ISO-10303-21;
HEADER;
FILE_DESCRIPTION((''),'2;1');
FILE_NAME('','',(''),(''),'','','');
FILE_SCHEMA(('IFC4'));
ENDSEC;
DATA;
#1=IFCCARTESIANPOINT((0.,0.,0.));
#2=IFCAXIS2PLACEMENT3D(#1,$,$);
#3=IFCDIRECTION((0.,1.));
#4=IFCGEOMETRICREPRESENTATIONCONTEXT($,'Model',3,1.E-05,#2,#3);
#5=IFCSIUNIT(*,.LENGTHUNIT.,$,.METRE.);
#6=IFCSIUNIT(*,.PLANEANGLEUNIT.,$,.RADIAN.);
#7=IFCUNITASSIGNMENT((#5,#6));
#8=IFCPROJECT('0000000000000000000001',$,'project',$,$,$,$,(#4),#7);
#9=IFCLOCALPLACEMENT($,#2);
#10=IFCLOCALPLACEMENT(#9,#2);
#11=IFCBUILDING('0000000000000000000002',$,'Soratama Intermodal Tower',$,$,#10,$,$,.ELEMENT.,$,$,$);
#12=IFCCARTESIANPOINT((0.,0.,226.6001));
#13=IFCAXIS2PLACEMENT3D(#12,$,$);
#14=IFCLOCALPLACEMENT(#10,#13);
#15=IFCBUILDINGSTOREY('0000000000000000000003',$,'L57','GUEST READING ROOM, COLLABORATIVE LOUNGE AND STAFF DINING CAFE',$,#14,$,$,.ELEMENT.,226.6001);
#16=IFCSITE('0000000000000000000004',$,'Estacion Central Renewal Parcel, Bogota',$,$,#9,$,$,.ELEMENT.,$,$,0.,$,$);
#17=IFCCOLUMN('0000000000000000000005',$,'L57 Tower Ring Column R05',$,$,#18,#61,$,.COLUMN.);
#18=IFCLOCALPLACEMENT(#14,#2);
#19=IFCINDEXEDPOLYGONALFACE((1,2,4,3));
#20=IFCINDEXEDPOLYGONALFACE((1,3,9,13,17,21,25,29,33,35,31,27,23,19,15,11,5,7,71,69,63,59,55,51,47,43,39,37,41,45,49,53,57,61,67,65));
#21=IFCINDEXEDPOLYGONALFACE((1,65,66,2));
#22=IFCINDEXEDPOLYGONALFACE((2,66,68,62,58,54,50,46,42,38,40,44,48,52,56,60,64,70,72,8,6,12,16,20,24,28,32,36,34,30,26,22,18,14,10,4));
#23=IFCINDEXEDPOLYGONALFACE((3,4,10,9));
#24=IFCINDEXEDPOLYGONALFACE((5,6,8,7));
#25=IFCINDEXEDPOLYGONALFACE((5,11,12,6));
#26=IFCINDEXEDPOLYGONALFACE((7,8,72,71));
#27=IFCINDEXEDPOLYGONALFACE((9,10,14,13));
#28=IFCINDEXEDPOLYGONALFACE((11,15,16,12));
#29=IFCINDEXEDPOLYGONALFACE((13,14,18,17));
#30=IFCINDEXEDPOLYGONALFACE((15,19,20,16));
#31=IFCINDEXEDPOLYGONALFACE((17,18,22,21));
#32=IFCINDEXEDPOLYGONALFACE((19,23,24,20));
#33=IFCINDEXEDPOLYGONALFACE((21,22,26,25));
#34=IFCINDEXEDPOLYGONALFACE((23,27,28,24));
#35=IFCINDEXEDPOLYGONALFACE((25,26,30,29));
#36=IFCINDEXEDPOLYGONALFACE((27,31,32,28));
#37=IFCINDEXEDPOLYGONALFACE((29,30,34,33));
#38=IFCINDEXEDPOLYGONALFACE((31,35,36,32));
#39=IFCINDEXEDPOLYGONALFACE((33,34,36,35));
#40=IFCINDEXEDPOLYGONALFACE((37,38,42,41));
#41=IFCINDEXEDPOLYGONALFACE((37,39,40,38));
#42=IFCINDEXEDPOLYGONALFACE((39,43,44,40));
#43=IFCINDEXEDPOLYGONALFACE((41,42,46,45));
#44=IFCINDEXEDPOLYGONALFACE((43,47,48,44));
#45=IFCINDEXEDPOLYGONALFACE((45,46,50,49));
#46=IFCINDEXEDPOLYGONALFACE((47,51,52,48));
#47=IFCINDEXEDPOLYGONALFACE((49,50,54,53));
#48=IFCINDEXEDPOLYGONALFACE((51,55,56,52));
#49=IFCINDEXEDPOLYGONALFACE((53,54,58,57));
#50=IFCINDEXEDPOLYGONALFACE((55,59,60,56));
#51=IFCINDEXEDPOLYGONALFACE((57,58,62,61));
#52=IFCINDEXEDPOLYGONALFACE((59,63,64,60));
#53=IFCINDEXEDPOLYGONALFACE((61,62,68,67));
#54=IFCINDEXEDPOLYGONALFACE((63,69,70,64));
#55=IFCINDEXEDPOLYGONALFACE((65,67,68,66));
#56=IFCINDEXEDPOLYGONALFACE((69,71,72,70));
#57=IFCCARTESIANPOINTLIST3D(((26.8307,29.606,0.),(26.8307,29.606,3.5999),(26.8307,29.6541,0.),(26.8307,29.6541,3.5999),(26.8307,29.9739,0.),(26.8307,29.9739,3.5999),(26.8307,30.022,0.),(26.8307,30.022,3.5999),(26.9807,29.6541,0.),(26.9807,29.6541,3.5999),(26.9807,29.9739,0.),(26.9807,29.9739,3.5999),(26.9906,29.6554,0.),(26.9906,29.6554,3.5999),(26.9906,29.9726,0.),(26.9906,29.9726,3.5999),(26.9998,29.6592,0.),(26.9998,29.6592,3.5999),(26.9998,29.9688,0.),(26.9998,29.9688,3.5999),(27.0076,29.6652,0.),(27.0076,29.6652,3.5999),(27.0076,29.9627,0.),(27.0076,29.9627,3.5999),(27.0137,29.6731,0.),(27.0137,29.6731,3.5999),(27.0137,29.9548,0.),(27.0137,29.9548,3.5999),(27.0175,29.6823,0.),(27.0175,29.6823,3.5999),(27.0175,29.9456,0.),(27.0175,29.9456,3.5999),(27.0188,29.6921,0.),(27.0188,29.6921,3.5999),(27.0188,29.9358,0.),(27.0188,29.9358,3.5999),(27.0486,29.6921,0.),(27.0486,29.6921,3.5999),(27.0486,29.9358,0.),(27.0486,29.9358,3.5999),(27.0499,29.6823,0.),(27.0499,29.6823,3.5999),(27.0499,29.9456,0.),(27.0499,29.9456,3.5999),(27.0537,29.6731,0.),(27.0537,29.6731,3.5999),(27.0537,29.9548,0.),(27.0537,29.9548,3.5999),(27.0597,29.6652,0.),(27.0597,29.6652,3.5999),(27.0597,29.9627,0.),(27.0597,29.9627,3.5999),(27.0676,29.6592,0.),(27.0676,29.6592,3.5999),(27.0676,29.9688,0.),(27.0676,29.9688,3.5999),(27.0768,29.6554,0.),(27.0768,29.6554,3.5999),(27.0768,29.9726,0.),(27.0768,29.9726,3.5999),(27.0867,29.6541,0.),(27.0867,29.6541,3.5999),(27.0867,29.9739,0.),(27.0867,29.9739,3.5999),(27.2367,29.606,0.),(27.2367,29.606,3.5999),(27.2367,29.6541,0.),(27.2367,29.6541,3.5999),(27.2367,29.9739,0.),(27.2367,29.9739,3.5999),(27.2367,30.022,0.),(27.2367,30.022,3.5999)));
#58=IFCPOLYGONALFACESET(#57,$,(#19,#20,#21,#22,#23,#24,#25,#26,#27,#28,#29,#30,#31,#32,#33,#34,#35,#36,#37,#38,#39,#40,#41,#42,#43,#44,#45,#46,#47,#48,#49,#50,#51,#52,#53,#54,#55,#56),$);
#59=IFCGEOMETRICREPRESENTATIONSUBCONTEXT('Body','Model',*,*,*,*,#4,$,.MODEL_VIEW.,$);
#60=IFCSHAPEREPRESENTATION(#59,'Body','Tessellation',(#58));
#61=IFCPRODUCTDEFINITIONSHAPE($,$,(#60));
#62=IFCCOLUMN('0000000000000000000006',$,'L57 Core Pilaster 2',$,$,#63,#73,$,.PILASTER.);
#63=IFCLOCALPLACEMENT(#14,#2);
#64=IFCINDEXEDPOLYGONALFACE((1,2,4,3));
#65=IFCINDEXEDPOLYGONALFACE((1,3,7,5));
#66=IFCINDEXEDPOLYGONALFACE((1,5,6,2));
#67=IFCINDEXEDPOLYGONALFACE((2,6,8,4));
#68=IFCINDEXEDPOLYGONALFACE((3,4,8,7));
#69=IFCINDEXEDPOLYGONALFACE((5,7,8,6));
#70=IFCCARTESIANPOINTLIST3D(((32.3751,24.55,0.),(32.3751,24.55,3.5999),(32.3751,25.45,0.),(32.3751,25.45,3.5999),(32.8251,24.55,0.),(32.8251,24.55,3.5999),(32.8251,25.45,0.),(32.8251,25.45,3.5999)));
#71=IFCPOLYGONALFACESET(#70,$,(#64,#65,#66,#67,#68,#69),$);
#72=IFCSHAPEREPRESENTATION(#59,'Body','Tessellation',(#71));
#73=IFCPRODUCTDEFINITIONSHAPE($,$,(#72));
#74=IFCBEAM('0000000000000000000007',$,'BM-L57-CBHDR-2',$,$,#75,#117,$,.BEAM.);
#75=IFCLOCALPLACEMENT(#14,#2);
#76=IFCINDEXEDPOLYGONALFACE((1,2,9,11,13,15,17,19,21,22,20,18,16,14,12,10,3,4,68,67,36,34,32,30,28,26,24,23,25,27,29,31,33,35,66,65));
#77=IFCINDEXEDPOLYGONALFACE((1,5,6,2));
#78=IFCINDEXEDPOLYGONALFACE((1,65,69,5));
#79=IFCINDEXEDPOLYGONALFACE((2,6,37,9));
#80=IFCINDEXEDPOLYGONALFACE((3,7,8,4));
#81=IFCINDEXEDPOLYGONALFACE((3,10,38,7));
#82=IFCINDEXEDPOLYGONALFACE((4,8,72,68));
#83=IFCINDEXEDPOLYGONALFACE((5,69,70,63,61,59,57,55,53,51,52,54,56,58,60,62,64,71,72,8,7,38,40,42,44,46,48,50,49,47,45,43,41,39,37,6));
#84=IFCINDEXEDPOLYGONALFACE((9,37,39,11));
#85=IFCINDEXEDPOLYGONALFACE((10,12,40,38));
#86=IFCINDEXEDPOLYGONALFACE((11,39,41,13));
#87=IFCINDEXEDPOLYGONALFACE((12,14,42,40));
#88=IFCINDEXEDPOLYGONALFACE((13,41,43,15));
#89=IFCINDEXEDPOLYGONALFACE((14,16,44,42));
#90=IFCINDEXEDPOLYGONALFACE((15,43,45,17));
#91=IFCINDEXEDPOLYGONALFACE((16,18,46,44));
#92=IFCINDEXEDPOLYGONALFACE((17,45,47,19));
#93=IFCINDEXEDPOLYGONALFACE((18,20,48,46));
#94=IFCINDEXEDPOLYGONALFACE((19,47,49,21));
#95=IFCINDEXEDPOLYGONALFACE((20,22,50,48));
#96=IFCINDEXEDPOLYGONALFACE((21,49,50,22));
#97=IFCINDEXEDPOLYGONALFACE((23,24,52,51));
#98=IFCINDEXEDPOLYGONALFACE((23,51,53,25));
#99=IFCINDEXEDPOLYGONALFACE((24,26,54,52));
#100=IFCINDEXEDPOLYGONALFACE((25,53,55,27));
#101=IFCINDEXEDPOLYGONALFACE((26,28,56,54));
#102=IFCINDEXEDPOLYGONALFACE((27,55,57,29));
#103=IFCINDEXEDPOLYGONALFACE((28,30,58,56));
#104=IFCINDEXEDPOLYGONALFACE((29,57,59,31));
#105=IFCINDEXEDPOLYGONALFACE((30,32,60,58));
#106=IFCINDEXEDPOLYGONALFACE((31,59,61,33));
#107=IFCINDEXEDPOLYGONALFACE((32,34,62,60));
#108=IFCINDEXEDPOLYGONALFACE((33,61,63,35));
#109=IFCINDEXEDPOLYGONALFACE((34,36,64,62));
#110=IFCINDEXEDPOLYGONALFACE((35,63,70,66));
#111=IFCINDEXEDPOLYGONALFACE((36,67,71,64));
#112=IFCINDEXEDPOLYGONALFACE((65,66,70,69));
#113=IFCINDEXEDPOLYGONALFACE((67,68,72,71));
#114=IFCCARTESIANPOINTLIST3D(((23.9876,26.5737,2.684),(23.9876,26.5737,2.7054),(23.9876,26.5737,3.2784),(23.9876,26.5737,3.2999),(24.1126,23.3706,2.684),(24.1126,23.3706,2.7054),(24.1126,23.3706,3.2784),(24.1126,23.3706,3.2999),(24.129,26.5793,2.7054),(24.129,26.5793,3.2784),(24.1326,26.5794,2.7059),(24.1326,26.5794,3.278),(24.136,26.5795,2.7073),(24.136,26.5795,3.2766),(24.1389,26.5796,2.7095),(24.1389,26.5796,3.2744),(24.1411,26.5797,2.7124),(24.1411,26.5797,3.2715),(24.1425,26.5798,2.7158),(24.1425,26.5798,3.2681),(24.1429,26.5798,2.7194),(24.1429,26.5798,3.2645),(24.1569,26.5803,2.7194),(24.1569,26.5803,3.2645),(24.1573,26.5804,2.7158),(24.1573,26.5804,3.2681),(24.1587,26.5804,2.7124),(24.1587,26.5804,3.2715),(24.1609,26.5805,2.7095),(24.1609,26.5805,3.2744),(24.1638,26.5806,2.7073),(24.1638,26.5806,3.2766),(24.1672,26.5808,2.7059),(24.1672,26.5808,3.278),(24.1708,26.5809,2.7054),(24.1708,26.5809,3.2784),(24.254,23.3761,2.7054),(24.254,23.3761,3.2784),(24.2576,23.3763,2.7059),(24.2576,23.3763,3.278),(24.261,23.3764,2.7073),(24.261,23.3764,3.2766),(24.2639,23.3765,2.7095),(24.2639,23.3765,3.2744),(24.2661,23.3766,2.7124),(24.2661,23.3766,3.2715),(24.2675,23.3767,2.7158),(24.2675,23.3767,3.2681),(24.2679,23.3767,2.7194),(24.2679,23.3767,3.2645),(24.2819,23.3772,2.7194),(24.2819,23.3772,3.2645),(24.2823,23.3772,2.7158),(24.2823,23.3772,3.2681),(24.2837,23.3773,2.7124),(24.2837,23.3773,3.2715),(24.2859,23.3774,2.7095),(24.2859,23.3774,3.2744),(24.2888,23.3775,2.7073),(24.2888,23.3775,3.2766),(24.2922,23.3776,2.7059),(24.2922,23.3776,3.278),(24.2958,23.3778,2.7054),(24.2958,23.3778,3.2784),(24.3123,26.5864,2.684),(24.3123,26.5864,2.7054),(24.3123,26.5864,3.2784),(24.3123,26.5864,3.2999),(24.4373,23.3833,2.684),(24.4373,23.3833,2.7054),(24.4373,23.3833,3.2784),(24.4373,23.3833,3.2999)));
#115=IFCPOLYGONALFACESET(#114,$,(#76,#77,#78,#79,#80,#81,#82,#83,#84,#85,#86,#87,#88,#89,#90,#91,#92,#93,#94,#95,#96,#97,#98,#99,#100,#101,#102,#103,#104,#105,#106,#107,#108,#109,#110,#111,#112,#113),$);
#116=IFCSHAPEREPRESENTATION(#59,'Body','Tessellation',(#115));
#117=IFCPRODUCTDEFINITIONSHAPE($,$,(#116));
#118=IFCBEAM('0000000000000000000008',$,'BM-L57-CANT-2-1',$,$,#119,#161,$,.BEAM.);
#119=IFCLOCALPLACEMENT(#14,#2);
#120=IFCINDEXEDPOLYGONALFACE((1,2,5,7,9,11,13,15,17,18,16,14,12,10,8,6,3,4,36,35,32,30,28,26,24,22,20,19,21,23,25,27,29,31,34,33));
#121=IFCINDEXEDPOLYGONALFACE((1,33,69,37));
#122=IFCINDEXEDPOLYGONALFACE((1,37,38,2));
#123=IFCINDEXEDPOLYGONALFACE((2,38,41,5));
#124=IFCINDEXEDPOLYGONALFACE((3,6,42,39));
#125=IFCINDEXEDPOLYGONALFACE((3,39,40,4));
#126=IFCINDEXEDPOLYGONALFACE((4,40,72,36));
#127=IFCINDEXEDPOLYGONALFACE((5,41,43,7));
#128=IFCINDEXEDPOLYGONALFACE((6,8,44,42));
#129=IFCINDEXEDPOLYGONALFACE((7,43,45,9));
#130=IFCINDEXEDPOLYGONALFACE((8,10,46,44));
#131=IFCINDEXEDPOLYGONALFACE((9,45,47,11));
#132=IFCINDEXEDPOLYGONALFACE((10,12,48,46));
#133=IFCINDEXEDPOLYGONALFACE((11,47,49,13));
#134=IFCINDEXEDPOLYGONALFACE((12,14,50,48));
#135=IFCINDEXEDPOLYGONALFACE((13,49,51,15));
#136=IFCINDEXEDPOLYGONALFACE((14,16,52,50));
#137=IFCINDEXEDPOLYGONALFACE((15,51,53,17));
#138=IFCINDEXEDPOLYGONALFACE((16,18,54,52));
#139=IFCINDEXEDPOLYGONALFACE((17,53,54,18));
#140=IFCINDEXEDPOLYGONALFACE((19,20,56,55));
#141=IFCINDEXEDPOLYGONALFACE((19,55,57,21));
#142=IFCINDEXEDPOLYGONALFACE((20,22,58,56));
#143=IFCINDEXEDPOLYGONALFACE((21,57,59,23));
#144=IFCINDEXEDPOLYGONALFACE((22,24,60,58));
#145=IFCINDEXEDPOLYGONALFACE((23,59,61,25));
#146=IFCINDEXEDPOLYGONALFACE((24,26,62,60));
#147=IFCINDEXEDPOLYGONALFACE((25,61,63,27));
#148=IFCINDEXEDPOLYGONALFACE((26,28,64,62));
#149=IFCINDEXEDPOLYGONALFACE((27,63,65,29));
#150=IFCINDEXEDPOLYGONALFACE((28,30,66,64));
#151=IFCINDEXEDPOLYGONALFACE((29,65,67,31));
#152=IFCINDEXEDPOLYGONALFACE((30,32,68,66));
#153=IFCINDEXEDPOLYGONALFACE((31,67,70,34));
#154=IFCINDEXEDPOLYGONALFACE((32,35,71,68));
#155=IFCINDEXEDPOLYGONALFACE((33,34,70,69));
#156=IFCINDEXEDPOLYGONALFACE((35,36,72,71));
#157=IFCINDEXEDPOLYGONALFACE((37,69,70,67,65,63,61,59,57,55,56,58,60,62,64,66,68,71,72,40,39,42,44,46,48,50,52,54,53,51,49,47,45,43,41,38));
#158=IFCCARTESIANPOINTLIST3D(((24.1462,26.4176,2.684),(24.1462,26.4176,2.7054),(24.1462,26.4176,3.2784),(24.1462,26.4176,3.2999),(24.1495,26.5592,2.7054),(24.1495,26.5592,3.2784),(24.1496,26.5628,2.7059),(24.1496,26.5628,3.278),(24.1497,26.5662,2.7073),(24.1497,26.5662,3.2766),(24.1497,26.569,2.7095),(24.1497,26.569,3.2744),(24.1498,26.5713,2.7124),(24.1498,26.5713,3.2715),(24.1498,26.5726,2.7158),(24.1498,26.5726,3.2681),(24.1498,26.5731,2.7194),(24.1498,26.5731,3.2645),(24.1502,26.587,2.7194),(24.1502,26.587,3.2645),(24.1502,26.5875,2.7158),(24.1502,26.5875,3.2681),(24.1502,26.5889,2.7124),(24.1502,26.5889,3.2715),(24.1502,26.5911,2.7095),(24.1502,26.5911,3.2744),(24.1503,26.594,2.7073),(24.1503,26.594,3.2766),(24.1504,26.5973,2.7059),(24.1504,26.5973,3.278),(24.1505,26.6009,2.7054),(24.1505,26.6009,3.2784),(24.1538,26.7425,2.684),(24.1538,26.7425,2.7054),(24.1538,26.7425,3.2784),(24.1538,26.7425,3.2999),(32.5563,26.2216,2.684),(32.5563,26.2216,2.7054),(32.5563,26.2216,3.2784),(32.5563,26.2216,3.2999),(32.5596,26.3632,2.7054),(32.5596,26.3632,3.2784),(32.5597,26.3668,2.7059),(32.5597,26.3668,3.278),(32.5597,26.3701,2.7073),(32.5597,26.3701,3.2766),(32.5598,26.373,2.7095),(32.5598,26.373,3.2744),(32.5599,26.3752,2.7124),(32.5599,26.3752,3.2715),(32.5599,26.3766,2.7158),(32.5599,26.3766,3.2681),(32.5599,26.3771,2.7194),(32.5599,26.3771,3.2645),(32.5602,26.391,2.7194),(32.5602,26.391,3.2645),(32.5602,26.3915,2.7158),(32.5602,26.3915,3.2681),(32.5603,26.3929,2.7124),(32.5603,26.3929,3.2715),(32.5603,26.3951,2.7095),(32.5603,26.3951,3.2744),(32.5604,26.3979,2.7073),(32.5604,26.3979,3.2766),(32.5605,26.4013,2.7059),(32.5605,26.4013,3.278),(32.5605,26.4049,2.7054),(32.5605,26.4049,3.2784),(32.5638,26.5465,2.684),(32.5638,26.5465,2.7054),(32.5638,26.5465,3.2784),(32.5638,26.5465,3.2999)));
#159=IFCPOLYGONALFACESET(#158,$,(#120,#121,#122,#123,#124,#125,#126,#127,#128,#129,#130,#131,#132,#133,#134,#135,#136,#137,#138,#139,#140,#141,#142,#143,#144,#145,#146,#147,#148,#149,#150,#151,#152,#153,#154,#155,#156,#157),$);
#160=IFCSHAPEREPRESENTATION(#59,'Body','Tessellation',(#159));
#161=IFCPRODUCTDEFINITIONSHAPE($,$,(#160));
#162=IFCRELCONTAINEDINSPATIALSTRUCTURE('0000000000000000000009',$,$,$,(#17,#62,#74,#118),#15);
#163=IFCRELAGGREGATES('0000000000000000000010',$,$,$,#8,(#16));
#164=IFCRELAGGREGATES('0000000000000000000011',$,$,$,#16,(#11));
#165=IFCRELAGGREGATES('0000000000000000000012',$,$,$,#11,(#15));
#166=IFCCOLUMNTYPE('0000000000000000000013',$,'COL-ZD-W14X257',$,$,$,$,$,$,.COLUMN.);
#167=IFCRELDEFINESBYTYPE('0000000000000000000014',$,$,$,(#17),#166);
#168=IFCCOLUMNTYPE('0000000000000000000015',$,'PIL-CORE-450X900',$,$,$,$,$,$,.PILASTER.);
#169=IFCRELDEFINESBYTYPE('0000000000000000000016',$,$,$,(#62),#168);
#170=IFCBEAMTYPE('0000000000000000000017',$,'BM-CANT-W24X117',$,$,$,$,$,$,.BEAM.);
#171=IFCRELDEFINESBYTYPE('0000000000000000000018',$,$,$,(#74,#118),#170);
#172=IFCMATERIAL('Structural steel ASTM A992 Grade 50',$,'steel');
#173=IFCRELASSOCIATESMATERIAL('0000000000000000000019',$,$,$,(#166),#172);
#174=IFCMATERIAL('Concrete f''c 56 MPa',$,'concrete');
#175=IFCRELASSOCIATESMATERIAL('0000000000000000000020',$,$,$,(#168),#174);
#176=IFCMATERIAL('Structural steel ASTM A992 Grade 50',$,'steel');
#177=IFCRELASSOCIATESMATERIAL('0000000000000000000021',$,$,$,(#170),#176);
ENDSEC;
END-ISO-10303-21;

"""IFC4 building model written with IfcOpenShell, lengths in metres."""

from ifc_helpers import new_model, si_unit, direction, frame, origin, origin_2d, place, context, subcontext, project, spatial, rectangle, i_section, extrude, material, material_profile, profile_set, type_object, element, save


model = new_model("IFC4")

# Units and contexts
model_context = context("Model", 3, precision=1e-05, world=origin(), true_north=direction((0.0, 1.0)))
body_context = subcontext(model_context, "Body", "Model", "MODEL_VIEW")
ifc_project = project(units=[si_unit("LENGTHUNIT", "METRE"), si_unit("PLANEANGLEUNIT", "RADIAN")], contexts=[model_context])

# Site, building, storey
site_placement = place(None, origin())
site = spatial("IfcSite", under=ifc_project, at=site_placement, Name="Estacion Central Renewal Parcel, Bogota", CompositionType="ELEMENT", RefElevation=0.0)
building_placement = place(site_placement, origin())
building = spatial("IfcBuilding", under=site, at=building_placement, Name="Soratama Intermodal Tower", CompositionType="ELEMENT")
storey_placement = place(building_placement, frame((0.0, 0.0, 226.6001)))
storey = spatial("IfcBuildingStorey", under=building, at=storey_placement, Name="L57", Description="GUEST READING ROOM, COLLABORATIVE LOUNGE AND STAFF DINING CAFE", CompositionType="ELEMENT", Elevation=226.6001)

# Columns
ifc_material_1 = material(Name="Structural steel ASTM A992 Grade 50", Category="steel")
ifc_material_profile_1 = material_profile(ifc_material_1, i_section(OverallWidth=0.406, OverallDepth=0.416, WebThickness=0.0298, FlangeThickness=0.0481, FilletRadius=0.0381, at=origin_2d()), Name="W14X257")
ifc_profile_set_1 = profile_set([ifc_material_profile_1], Name="Structural steel ASTM A992 Grade 50")
column_type_1 = type_object("IfcColumnType", Name="COL-ZD-W14X257", PredefinedType="COLUMN", material=ifc_profile_set_1)
column_1_placement = place(storey_placement, frame((27.0337, 29.814, 0.0), z_axis=(0.0, 0.0, 1.0), x_axis=(1.0, 0.0, 0.0)))
element("IfcColumn", 1, at=column_1_placement, inside=storey, type_object=column_type_1, Name="L57 Tower Ring Column R05", PredefinedType="COLUMN", context=body_context, shape_type="SweptSolid", body=[
    extrude(i_section(OverallWidth=0.406, OverallDepth=0.416, WebThickness=0.0298, FlangeThickness=0.0481, FilletRadius=0.0381, at=origin_2d()), origin(), (0.0, 0.0, 1.0), 3.5999),
])
ifc_material_2 = material(Name="Concrete f'c 56 MPa", Category="concrete")
ifc_material_profile_2 = material_profile(ifc_material_2, rectangle(XDim=0.45, YDim=0.8999, at=origin_2d()), Name="RC450X900")
ifc_profile_set_2 = profile_set([ifc_material_profile_2], Name="Concrete f'c 56 MPa")
column_type_2 = type_object("IfcColumnType", Name="PIL-CORE-450X900", PredefinedType="PILASTER", material=ifc_profile_set_2)
column_2_placement = place(storey_placement, frame((32.6001, 25.0, 0.0), z_axis=(0.0, 0.0, 1.0), x_axis=(1.0, 0.0, 0.0)))
element("IfcColumn", 2, at=column_2_placement, inside=storey, type_object=column_type_2, Name="L57 Core Pilaster 2", PredefinedType="PILASTER", context=body_context, shape_type="SweptSolid", body=[
    extrude(rectangle(XDim=0.45, YDim=0.8999, at=origin_2d()), origin(), (0.0, 0.0, 1.0), 3.5999),
])

# Beams
ifc_material_3 = material(Name="Structural steel ASTM A992 Grade 50", Category="steel")
ifc_material_profile_3 = material_profile(ifc_material_3, i_section(OverallWidth=0.325, OverallDepth=0.616, WebThickness=0.0139, FlangeThickness=0.0215, FilletRadius=0.0139, at=origin_2d()), Name="W24X117")
ifc_profile_set_3 = profile_set([ifc_material_profile_3], Name="Structural steel ASTM A992 Grade 50")
beam_type_1 = type_object("IfcBeamType", Name="BM-CANT-W24X117", PredefinedType="BEAM", material=ifc_profile_set_3)
beam_1_placement = place(storey_placement, frame((24.1499, 26.5801, 2.9919), z_axis=(0.038995, -0.999239, 0.0), x_axis=(0.999239, 0.038995, 0.0)))
element("IfcBeam", 3, at=beam_1_placement, inside=storey, type_object=beam_type_1, Name="BM-L57-CBHDR-2", PredefinedType="BEAM", context=body_context, shape_type="SweptSolid", body=[
    extrude(i_section(OverallWidth=0.325, OverallDepth=0.616, WebThickness=0.0139, FlangeThickness=0.0215, FilletRadius=0.0139, at=origin_2d()), origin(), (0.0, 0.0, 1.0), 3.2056),
])
beam_2_placement = place(storey_placement, frame((32.5601, 26.384, 2.9919), z_axis=(-0.999728, 0.023304, 0.0), x_axis=(-0.023304, -0.999728, 0.0)))
element("IfcBeam", 4, at=beam_2_placement, inside=storey, type_object=beam_type_1, Name="BM-L57-CANT-2-1", PredefinedType="BEAM", context=body_context, shape_type="SweptSolid", body=[
    extrude(i_section(OverallWidth=0.325, OverallDepth=0.616, WebThickness=0.0139, FlangeThickness=0.0215, FilletRadius=0.0139, at=origin_2d()), origin(), (0.0, 0.0, 1.0), 8.4124),
])

save(model, "model.ifc")
